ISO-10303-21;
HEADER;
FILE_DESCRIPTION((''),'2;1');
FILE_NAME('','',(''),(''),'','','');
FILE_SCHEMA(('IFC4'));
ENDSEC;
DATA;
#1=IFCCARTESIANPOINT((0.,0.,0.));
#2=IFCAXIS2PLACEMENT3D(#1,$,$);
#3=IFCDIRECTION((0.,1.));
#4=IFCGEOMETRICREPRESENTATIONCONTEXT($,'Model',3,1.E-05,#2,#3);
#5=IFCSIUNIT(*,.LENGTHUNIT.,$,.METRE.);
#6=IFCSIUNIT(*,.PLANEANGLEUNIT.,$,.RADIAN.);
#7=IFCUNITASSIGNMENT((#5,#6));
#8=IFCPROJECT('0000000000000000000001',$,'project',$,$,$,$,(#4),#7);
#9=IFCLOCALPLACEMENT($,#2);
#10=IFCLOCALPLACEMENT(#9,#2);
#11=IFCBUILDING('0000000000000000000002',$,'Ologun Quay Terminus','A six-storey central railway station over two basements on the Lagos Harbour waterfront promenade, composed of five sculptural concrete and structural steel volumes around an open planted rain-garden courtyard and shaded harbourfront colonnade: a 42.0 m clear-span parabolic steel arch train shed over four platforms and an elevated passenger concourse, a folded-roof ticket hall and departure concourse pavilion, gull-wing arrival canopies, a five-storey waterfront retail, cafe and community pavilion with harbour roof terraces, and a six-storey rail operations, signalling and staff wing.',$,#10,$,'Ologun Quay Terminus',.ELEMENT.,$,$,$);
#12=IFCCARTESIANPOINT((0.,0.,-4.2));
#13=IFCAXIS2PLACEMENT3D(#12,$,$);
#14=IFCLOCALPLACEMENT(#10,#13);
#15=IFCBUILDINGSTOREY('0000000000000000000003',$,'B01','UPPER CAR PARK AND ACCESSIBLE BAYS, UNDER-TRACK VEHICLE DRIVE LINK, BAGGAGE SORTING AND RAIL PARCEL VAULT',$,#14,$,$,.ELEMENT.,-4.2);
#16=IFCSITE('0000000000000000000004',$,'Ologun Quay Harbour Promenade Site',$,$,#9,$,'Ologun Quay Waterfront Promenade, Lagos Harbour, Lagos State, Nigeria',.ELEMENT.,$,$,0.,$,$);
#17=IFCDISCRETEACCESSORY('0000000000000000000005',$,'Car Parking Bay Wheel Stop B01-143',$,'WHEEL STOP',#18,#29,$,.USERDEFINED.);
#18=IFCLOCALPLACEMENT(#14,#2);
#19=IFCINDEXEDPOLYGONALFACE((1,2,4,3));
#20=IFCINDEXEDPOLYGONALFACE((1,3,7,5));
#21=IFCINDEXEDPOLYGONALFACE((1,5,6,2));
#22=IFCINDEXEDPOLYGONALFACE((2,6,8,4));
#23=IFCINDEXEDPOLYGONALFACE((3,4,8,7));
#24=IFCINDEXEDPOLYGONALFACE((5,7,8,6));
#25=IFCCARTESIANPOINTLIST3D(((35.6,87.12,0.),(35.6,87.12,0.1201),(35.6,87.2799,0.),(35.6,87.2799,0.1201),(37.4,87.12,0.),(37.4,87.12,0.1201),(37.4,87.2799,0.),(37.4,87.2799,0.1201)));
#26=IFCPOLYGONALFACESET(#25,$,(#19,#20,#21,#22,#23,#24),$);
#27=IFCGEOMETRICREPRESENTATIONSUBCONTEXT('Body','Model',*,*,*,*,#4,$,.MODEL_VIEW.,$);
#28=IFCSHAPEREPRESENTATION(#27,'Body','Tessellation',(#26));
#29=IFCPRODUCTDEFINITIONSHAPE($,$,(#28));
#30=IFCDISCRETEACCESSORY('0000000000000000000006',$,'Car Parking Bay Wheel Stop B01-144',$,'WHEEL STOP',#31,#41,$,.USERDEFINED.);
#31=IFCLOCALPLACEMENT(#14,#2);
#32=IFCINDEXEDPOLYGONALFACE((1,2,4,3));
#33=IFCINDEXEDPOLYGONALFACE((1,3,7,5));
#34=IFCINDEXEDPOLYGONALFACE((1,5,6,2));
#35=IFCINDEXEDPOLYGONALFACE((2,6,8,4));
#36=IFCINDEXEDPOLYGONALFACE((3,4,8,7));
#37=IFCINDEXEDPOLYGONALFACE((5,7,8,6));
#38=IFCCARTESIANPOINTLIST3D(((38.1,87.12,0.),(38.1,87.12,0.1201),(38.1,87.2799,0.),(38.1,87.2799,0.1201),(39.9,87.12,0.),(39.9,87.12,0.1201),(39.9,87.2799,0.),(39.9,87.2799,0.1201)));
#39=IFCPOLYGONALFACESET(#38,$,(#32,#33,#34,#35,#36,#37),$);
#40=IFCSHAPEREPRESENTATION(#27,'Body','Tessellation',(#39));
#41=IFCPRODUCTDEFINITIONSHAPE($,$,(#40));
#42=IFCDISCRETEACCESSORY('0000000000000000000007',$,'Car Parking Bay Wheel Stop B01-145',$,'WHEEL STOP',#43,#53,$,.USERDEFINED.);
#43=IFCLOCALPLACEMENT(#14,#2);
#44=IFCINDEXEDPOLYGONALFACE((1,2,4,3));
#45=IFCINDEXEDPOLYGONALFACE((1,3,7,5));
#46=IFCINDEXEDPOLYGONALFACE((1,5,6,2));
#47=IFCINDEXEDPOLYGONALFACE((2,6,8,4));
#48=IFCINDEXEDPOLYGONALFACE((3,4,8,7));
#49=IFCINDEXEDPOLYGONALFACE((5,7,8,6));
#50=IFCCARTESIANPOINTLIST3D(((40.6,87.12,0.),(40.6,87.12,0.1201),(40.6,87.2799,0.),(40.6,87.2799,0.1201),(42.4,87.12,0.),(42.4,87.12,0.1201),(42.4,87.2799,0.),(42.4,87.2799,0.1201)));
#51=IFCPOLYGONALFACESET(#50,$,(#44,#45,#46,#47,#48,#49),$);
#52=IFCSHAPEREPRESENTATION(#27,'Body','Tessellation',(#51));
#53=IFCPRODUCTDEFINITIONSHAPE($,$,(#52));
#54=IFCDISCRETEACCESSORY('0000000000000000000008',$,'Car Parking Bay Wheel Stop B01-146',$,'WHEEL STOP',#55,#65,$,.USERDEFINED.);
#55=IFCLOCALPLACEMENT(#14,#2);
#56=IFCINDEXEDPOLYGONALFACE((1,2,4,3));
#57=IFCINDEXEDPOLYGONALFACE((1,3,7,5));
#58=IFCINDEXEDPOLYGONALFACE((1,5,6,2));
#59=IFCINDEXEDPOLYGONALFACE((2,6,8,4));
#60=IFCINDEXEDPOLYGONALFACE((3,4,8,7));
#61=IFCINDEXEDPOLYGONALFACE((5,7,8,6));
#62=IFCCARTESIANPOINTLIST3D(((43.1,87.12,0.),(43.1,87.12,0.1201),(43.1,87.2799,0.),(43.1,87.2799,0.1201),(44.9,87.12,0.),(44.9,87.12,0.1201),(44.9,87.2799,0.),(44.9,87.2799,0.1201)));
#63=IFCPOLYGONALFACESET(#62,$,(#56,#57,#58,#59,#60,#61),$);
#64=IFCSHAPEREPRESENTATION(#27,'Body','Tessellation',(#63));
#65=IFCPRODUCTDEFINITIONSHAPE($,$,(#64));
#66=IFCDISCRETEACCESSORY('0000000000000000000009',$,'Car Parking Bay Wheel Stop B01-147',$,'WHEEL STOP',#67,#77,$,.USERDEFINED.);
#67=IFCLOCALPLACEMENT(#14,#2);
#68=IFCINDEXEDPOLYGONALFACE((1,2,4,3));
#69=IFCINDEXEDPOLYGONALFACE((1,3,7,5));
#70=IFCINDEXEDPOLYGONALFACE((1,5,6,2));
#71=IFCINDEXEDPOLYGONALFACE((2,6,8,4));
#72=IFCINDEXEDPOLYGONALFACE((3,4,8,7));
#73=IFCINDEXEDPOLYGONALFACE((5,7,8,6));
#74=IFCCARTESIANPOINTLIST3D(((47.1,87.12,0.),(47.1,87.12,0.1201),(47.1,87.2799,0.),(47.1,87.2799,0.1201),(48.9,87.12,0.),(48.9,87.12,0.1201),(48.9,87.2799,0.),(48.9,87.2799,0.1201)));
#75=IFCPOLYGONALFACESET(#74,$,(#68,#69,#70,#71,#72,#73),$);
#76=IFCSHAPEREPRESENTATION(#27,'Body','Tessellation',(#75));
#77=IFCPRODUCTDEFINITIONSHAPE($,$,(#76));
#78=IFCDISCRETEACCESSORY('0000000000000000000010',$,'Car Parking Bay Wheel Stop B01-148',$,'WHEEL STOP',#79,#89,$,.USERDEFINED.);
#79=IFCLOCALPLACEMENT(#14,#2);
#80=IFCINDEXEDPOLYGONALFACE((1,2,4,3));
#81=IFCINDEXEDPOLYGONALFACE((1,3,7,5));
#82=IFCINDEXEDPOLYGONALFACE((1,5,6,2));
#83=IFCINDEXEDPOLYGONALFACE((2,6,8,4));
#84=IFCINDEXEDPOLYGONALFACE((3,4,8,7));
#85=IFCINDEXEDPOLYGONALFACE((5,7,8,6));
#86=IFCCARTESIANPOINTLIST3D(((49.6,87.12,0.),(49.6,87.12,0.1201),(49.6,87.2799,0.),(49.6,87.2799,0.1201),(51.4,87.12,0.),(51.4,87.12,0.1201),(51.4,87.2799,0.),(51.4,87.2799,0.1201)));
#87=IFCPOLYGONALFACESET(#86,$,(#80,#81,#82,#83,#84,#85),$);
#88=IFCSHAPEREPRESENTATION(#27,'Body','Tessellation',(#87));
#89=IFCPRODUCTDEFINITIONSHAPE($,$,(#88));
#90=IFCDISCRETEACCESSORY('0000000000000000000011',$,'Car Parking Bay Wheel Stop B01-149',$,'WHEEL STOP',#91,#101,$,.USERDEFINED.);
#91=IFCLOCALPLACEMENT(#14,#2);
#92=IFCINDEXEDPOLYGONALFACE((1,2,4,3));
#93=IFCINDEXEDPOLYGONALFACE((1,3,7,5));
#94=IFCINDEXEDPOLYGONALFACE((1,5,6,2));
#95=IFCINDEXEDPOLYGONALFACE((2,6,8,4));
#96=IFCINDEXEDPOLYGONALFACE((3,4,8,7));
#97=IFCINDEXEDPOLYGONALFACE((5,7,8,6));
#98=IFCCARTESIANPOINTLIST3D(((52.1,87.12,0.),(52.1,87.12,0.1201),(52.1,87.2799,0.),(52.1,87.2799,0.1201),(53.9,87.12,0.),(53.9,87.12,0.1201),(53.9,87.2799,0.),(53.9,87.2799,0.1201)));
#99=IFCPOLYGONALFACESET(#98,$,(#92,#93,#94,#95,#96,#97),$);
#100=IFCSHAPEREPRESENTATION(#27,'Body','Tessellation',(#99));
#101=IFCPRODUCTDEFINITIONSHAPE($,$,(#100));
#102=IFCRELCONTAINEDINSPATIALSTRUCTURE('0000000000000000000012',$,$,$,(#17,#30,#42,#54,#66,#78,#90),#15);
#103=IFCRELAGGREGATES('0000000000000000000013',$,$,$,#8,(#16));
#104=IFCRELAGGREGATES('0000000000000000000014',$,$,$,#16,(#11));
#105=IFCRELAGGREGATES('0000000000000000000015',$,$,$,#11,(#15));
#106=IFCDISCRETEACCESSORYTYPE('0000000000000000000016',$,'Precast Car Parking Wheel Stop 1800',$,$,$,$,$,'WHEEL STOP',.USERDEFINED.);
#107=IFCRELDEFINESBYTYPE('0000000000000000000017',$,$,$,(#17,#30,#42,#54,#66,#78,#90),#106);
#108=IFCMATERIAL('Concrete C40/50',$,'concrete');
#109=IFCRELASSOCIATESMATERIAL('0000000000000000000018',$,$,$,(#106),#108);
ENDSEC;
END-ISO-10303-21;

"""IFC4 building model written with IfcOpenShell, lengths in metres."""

from ifc_helpers import new_model, si_unit, direction, frame, origin, origin_2d, place, context, subcontext, project, spatial, rectangle, extrude, material, type_object, element, save


model = new_model("IFC4")

# Units and contexts
model_context = context("Model", 3, precision=1e-05, world=origin(), true_north=direction((0.0, 1.0)))
body_context = subcontext(model_context, "Body", "Model", "MODEL_VIEW")
ifc_project = project(units=[si_unit("LENGTHUNIT", "METRE"), si_unit("PLANEANGLEUNIT", "RADIAN")], contexts=[model_context])

# Site, building, storey
site_placement = place(None, origin())
site = spatial("IfcSite", under=ifc_project, at=site_placement, Name="Ologun Quay Harbour Promenade Site", LongName="Ologun Quay Waterfront Promenade, Lagos Harbour, Lagos State, Nigeria", CompositionType="ELEMENT", RefElevation=0.0)
building_placement = place(site_placement, origin())
building = spatial("IfcBuilding", under=site, at=building_placement, Name="Ologun Quay Terminus", Description="A six-storey central railway station over two basements on the Lagos Harbour waterfront promenade, composed of five sculptural concrete and structural steel volumes around an open planted rain-garden courtyard and shaded harbourfront colonnade: a 42.0 m clear-span parabolic steel arch train shed over four platforms and an elevated passenger concourse, a folded-roof ticket hall and departure concourse pavilion, gull-wing arrival canopies, a five-storey waterfront retail, cafe and community pavilion with harbour roof terraces, and a six-storey rail operations, signalling and staff wing.", LongName="Ologun Quay Terminus", CompositionType="ELEMENT")
storey_placement = place(building_placement, frame((0.0, 0.0, -4.2)))
storey = spatial("IfcBuildingStorey", under=building, at=storey_placement, Name="B01", Description="UPPER CAR PARK AND ACCESSIBLE BAYS, UNDER-TRACK VEHICLE DRIVE LINK, BAGGAGE SORTING AND RAIL PARCEL VAULT", CompositionType="ELEMENT", Elevation=-4.2)

# Discrete accessories
ifc_material_1 = material(Name="Concrete C40/50", Category="concrete")
discrete_accessory_type = type_object("IfcDiscreteAccessoryType", Name="Precast Car Parking Wheel Stop 1800", ElementType="WHEEL STOP", PredefinedType="USERDEFINED", material=ifc_material_1)
for number, where, z_axis, x_axis, name in (
    (1, (36.5, 87.2, 0.0), (0.0, 0.0, 1.0), (1.0, 0.0, 0.0), "Car Parking Bay Wheel Stop B01-143"),
    (2, (39.0, 87.2, 0.0), (0.0, 0.0, 1.0), (1.0, 0.0, 0.0), "Car Parking Bay Wheel Stop B01-144"),
    (3, (41.5, 87.2, 0.0), (0.0, 0.0, 1.0), (1.0, 0.0, 0.0), "Car Parking Bay Wheel Stop B01-145"),
    (4, (44.0, 87.2, 0.0), (0.0, 0.0, 1.0), (1.0, 0.0, 0.0), "Car Parking Bay Wheel Stop B01-146"),
    (5, (48.0, 87.2, 0.0), (0.0, 0.0, 1.0), (1.0, 0.0, 0.0), "Car Parking Bay Wheel Stop B01-147"),
    (6, (50.5, 87.2, 0.0), (0.0, 0.0, 1.0), (1.0, 0.0, 0.0), "Car Parking Bay Wheel Stop B01-148"),
    (7, (53.0, 87.2, 0.0), (0.0, 0.0, 1.0), (1.0, 0.0, 0.0), "Car Parking Bay Wheel Stop B01-149"),
):
    element("IfcDiscreteAccessory", number, at=place(storey_placement, frame(where, z_axis=z_axis, x_axis=x_axis)), inside=storey, type_object=discrete_accessory_type, Name=name, ObjectType="WHEEL STOP", PredefinedType="USERDEFINED", context=body_context, shape_type="SweptSolid", body=[
        extrude(rectangle(XDim=1.8, YDim=0.1599, at=origin_2d()), origin(), (0.0, 0.0, 1.0), 0.1201),
    ])

save(model, "model.ifc")
